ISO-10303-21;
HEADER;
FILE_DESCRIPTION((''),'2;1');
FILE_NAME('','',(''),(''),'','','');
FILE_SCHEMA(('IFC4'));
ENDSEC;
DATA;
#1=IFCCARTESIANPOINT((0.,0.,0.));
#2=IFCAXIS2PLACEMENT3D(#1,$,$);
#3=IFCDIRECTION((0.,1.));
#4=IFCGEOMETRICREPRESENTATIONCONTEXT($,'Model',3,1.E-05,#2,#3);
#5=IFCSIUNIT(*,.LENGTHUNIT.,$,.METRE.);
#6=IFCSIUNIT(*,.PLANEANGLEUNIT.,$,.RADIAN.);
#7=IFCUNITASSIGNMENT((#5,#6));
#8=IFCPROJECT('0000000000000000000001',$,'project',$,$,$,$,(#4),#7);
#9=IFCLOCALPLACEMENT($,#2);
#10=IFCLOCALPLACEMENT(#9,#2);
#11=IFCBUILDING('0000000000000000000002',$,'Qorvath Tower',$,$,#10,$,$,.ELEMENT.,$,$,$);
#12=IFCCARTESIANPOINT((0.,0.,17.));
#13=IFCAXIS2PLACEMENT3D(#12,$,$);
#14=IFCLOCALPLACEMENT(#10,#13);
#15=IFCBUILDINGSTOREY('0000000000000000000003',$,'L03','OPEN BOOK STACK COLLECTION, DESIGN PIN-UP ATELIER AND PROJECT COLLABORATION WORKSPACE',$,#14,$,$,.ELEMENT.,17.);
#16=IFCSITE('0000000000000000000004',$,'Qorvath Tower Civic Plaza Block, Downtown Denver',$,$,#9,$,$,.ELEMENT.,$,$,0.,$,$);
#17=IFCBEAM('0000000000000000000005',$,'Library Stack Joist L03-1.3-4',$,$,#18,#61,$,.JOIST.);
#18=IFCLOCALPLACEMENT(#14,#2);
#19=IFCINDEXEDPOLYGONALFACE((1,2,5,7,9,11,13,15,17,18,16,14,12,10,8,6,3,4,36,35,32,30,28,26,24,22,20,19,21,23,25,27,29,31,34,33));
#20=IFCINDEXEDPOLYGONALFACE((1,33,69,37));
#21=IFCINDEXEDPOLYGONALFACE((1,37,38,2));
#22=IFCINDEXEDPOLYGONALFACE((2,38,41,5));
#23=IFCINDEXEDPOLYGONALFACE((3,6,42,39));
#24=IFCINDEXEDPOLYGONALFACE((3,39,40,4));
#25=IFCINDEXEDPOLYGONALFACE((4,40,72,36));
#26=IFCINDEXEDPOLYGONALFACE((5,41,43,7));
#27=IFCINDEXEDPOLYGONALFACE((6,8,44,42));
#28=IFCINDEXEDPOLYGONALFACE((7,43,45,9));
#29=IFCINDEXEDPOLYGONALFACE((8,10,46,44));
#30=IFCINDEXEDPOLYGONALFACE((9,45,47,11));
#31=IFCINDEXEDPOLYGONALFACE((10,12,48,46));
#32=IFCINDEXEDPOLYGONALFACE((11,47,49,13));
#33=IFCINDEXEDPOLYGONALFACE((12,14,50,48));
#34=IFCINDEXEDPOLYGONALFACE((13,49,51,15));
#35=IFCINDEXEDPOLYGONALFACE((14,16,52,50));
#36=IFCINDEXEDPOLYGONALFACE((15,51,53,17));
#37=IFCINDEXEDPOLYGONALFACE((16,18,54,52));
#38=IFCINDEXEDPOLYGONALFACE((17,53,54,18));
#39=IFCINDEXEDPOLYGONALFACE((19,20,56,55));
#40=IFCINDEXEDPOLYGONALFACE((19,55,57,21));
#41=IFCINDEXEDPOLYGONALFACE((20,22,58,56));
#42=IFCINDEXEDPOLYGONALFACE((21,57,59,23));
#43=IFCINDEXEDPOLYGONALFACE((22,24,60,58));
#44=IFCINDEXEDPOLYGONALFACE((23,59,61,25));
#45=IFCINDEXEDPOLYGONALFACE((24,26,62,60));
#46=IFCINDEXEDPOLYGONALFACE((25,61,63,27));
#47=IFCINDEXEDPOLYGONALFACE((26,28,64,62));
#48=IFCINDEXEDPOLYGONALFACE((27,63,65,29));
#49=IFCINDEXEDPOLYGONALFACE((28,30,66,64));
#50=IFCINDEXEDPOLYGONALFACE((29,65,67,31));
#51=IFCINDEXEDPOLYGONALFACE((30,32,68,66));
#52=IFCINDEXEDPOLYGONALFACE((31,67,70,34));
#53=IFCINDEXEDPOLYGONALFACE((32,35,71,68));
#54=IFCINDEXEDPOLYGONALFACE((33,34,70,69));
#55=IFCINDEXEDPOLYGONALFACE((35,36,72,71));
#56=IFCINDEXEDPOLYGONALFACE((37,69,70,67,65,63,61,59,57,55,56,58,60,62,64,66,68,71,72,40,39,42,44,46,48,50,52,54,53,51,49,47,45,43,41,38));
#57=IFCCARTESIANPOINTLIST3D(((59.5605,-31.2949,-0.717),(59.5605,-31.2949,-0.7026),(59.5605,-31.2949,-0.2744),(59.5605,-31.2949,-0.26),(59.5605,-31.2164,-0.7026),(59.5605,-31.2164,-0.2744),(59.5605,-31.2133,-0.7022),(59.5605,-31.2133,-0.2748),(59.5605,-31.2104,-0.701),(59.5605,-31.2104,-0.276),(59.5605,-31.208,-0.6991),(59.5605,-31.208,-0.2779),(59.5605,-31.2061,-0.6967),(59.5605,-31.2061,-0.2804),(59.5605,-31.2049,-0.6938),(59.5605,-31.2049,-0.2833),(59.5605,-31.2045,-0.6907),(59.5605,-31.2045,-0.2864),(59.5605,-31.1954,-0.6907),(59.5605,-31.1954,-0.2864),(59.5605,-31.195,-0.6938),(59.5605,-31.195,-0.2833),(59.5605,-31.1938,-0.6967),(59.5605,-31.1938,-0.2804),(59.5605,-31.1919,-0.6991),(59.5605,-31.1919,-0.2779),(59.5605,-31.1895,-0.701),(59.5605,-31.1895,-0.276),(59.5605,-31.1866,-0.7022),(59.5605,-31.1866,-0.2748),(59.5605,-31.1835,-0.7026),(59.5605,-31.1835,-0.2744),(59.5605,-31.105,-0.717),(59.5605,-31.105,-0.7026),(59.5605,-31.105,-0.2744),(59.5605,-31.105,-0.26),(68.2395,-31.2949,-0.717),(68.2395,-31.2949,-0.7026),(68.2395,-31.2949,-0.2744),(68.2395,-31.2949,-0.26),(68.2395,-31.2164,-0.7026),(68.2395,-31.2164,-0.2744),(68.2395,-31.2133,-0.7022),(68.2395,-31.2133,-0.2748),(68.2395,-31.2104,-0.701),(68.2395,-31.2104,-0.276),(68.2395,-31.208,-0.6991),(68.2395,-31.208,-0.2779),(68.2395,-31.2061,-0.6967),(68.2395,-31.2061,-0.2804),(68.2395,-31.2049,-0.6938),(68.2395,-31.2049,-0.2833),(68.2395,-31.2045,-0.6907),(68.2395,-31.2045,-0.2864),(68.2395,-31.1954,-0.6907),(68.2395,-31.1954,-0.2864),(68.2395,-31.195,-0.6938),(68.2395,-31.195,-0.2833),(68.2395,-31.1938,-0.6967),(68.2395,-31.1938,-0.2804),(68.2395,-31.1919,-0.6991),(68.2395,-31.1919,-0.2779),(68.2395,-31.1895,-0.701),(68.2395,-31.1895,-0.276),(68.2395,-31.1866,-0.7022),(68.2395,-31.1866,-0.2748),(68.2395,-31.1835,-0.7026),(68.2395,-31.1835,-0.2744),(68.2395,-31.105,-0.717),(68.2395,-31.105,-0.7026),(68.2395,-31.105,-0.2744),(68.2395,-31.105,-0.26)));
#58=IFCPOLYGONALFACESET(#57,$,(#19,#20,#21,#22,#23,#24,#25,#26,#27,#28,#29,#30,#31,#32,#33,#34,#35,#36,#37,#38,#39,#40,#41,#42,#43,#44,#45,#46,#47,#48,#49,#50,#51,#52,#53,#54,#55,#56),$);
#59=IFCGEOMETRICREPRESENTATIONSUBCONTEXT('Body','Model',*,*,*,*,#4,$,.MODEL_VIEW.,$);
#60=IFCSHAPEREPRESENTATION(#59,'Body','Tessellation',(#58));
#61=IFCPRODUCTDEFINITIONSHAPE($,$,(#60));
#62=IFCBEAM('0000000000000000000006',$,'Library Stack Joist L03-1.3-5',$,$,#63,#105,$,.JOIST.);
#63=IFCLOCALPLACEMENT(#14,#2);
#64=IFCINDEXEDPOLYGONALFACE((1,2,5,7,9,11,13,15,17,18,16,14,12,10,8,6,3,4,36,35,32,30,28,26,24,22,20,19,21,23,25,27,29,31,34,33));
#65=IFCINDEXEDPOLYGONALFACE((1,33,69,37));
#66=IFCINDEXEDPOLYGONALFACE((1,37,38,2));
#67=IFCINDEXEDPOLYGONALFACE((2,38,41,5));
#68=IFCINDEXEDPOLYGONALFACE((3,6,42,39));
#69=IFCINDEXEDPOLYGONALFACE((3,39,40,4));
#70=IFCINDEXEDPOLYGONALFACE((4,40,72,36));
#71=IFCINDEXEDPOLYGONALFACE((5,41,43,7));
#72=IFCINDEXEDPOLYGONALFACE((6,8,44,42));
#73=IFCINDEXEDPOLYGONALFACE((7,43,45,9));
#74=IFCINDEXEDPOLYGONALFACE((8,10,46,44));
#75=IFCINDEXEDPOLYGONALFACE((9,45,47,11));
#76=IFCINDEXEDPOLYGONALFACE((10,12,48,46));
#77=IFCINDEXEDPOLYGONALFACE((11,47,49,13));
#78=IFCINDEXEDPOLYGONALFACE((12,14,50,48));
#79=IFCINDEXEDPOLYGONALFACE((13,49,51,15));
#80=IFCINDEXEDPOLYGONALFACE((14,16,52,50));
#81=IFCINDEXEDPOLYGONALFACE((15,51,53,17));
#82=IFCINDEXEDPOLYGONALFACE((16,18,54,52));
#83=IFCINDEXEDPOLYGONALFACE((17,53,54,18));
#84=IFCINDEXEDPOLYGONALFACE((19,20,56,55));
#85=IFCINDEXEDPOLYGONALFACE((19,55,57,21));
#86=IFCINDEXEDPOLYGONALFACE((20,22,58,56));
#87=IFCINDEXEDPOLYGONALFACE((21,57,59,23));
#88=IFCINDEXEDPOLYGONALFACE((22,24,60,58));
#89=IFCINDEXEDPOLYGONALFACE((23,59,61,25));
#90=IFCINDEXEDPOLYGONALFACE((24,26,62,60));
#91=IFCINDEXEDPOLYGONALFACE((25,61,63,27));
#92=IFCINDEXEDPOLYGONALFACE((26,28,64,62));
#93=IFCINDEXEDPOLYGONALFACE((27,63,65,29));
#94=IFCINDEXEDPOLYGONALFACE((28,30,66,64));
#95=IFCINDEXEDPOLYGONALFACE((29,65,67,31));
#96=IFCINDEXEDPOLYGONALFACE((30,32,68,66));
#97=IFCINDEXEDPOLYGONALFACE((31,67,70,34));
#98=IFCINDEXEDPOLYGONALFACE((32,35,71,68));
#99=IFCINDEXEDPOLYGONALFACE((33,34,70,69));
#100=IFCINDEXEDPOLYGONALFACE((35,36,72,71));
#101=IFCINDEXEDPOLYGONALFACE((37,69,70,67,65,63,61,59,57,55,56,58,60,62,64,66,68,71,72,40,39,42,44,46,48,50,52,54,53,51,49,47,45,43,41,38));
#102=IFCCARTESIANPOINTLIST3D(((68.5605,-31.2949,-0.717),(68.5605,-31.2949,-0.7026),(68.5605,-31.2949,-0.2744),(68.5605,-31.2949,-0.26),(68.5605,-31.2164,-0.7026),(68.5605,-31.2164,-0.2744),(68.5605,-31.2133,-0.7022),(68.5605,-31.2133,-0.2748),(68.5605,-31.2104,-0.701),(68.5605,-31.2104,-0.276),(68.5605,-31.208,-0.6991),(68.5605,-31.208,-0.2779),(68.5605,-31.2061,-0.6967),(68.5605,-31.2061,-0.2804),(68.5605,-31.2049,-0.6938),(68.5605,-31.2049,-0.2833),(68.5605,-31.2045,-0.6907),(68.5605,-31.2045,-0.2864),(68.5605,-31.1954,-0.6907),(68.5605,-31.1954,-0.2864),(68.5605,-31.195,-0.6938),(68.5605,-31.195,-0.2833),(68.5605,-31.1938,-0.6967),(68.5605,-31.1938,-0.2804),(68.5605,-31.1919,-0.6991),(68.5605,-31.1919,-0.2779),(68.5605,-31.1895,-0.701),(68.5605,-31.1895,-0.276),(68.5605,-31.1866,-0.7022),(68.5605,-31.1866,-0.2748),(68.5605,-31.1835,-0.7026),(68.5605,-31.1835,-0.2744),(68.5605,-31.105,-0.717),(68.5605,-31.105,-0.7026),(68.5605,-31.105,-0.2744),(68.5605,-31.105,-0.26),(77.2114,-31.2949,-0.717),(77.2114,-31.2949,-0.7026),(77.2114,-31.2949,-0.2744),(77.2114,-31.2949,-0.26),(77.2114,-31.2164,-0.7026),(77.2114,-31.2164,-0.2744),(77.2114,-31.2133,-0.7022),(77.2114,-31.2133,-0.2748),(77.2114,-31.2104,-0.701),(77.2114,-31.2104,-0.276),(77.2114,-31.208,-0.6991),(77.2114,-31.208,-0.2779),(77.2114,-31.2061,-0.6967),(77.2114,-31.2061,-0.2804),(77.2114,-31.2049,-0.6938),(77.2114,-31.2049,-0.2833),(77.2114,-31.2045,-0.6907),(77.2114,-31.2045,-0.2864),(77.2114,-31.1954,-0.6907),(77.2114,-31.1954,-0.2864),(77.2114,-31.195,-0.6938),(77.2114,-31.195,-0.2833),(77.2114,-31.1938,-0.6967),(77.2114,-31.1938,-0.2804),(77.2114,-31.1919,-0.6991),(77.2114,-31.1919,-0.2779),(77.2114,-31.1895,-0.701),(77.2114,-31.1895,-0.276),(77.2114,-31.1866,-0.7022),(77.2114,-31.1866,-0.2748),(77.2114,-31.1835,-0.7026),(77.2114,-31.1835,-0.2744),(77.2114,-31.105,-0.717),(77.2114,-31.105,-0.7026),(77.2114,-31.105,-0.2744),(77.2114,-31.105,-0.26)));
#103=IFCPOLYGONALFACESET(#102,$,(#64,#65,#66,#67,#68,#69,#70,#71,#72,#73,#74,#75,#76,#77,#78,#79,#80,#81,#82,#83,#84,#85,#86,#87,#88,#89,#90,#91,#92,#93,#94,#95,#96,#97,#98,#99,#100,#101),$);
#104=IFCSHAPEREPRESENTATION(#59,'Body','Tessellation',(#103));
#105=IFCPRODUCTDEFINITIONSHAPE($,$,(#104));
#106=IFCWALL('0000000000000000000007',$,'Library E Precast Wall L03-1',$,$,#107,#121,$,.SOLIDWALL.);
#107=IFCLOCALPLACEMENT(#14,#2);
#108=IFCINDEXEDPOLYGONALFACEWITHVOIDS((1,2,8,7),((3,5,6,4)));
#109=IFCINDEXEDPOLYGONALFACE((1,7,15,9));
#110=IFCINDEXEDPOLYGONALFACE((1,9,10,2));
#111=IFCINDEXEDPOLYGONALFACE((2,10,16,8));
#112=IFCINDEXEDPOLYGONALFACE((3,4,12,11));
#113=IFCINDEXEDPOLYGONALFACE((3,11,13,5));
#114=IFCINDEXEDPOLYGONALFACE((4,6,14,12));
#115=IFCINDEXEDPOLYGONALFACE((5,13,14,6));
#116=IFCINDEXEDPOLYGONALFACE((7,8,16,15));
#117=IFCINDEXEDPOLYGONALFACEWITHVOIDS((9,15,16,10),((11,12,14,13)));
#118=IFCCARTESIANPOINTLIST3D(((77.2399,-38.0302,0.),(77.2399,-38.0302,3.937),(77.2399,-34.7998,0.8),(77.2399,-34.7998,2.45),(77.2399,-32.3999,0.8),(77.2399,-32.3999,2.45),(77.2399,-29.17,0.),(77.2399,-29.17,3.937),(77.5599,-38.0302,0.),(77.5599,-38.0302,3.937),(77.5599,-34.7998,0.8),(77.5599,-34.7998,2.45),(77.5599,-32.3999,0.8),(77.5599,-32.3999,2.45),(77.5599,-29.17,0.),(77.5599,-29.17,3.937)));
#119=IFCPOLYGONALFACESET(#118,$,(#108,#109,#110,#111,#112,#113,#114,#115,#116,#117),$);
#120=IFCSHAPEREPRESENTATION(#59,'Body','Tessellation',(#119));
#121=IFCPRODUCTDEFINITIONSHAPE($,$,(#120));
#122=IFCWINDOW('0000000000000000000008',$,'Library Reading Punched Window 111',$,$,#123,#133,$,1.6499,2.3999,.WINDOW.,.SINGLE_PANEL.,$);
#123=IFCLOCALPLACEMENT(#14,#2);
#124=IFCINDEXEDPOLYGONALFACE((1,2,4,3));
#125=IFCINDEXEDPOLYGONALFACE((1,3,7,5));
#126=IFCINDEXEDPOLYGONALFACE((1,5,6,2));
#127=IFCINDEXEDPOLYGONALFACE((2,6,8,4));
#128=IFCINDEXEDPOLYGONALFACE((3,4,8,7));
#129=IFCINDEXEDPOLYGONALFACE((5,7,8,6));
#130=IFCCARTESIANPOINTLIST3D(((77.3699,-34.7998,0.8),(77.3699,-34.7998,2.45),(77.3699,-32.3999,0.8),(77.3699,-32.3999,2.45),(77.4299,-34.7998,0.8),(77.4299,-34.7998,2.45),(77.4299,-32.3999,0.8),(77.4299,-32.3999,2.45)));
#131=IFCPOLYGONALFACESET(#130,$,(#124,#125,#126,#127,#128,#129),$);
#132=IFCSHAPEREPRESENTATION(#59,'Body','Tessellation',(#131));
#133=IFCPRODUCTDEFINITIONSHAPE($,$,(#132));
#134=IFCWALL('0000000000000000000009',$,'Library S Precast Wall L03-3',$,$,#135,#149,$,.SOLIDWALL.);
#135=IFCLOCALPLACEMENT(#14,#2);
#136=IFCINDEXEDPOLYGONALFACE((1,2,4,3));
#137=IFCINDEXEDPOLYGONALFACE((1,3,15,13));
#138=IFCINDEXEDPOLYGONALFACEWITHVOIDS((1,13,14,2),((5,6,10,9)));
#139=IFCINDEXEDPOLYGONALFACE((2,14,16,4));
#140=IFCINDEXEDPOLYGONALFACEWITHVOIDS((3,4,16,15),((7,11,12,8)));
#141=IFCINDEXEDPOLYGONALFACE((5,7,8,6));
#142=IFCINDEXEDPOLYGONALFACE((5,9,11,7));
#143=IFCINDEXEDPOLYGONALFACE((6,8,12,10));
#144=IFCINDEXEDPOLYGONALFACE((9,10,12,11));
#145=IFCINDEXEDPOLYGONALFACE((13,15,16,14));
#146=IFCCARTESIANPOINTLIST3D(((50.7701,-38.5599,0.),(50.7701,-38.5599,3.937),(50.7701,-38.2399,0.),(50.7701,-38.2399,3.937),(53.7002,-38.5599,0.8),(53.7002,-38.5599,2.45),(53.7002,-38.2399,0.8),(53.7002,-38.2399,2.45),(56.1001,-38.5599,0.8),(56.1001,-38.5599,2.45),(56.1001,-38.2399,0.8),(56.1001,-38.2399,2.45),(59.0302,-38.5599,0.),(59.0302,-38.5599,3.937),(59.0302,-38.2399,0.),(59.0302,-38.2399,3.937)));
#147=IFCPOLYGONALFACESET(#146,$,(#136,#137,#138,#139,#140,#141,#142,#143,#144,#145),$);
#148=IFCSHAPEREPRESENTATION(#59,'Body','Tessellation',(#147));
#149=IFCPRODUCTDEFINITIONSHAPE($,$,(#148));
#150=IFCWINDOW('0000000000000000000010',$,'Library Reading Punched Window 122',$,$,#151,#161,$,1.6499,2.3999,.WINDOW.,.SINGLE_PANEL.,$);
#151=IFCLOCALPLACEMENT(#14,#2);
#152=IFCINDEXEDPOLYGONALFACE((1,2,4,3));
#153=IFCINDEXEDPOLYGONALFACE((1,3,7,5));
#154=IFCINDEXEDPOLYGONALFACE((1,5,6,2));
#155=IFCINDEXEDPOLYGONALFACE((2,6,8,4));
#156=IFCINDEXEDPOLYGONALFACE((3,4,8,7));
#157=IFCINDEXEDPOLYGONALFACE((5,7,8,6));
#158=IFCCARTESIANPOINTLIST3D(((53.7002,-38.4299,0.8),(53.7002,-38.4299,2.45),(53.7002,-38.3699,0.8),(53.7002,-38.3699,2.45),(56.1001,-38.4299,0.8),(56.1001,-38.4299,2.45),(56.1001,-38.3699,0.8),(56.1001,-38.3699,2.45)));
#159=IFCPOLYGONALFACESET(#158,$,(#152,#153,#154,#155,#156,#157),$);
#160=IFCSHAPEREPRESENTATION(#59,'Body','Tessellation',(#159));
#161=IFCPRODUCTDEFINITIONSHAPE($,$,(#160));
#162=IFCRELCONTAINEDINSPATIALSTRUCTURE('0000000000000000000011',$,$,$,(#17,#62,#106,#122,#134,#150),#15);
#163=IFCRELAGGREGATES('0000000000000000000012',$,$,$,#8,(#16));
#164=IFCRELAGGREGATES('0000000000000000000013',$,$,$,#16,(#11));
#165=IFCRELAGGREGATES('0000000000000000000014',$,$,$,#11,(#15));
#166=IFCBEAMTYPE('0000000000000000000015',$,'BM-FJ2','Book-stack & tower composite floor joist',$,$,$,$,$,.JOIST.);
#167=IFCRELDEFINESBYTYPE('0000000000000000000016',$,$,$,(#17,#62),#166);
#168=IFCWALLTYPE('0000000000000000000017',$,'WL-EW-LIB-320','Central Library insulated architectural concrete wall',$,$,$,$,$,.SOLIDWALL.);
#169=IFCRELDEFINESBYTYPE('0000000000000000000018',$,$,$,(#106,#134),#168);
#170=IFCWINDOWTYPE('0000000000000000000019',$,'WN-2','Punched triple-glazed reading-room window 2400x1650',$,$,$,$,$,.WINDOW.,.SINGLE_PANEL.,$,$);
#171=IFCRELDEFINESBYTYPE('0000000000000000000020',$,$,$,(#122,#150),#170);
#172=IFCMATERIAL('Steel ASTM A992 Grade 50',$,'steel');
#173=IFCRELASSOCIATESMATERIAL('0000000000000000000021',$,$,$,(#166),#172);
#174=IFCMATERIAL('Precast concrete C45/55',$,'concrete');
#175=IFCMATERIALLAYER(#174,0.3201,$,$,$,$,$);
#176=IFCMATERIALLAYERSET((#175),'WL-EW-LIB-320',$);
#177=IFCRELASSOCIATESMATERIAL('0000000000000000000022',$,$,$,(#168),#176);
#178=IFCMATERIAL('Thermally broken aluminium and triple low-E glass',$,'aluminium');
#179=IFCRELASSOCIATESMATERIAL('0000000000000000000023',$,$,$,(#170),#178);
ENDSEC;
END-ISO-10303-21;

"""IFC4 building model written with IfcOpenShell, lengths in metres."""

from ifc_helpers import new_model, si_unit, direction, frame, frame_2d, origin, origin_2d, place, context, subcontext, project, spatial, rectangle, i_section, extrude, material, layer, layer_set, material_profile, profile_set, type_object, element, fill, save


model = new_model("IFC4")

# Units and contexts
model_context = context("Model", 3, precision=1e-05, world=origin(), true_north=direction((0.0, 1.0)))
body_context = subcontext(model_context, "Body", "Model", "MODEL_VIEW")
ifc_project = project(units=[si_unit("LENGTHUNIT", "METRE"), si_unit("PLANEANGLEUNIT", "RADIAN")], contexts=[model_context])

# Site, building, storey
site_placement = place(None, origin())
site = spatial("IfcSite", under=ifc_project, at=site_placement, Name="Qorvath Tower Civic Plaza Block, Downtown Denver", CompositionType="ELEMENT", RefElevation=0.0)
building_placement = place(site_placement, origin())
building = spatial("IfcBuilding", under=site, at=building_placement, Name="Qorvath Tower", CompositionType="ELEMENT")
storey_placement = place(building_placement, frame((0.0, 0.0, 17.0)))
storey = spatial("IfcBuildingStorey", under=building, at=storey_placement, Name="L03", Description="OPEN BOOK STACK COLLECTION, DESIGN PIN-UP ATELIER AND PROJECT COLLABORATION WORKSPACE", CompositionType="ELEMENT", Elevation=17.0)

# Beams
ifc_material_1 = material(Name="Steel ASTM A992 Grade 50", Category="steel")
ifc_material_profile_1 = material_profile(ifc_material_1, i_section(OverallWidth=0.1899, OverallDepth=0.457, WebThickness=0.009, FlangeThickness=0.0144, FilletRadius=0.012, at=origin_2d()), Name="W18x50")
ifc_profile_set_1 = profile_set([ifc_material_profile_1], Name="Steel ASTM A992 Grade 50")
beam_type_1 = type_object("IfcBeamType", Name="BM-FJ2", Description="Book-stack & tower composite floor joist", PredefinedType="JOIST", material=ifc_profile_set_1)
beam_1_placement = place(storey_placement, frame((59.5605, -31.2, -0.4885), z_axis=(1.0, 0.0, 0.0), x_axis=(0.0, 1.0, 0.0)))
element("IfcBeam", 1, at=beam_1_placement, inside=storey, type_object=beam_type_1, Name="Library Stack Joist L03-1.3-4", PredefinedType="JOIST", context=body_context, shape_type="SweptSolid", body=[
    extrude(i_section(OverallWidth=0.1899, OverallDepth=0.457, WebThickness=0.009, FlangeThickness=0.0144, FilletRadius=0.012, at=origin_2d()), origin(), (0.0, 0.0, 1.0), 8.679),
])
beam_2_placement = place(storey_placement, frame((68.5605, -31.2, -0.4885), z_axis=(1.0, 0.0, 0.0), x_axis=(0.0, 1.0, 0.0)))
element("IfcBeam", 2, at=beam_2_placement, inside=storey, type_object=beam_type_1, Name="Library Stack Joist L03-1.3-5", PredefinedType="JOIST", context=body_context, shape_type="SweptSolid", body=[
    extrude(i_section(OverallWidth=0.1899, OverallDepth=0.457, WebThickness=0.009, FlangeThickness=0.0144, FilletRadius=0.012, at=origin_2d()), origin(), (0.0, 0.0, 1.0), 8.6509),
])

# Walls, openings, windows
ifc_material_2 = material(Name="Precast concrete C45/55", Category="concrete")
ifc_layer = layer(ifc_material_2, 0.3201)
ifc_layer_set = layer_set([ifc_layer], Name="WL-EW-LIB-320")
wall_type = type_object("IfcWallType", Name="WL-EW-LIB-320", Description="Central Library insulated architectural concrete wall", PredefinedType="SOLIDWALL", material=ifc_layer_set)
wall_1_placement = place(storey_placement, frame((77.3999, -29.1699, 0.0), z_axis=(0.0, 0.0, 1.0), x_axis=(0.0, -1.0, 0.0)))
wall_1 = element("IfcWall", 3, at=wall_1_placement, inside=storey, type_object=wall_type, Name="Library E Precast Wall L03-1", PredefinedType="SOLIDWALL", context=body_context, shape_type="SweptSolid", body=[
    extrude(rectangle(XDim=8.8601, YDim=0.3201, at=frame_2d((4.4302, 0.0))), origin(), (0.0, 0.0, 1.0), 3.937),
])
opening_1_placement = place(wall_1_placement, frame((3.23, 0.0, 0.8)))
opening_1 = element("IfcOpeningElement", 4, at=opening_1_placement, cuts=wall_1, PredefinedType="OPENING", context=body_context, shape_type="SweptSolid", body=[
    extrude(rectangle(XDim=2.3999, YDim=1.6499, at=frame_2d((1.2, 0.825))), frame((0.0, 0.1699, 0.0), z_axis=(0.0, -1.0, 0.0), x_axis=(1.0, 0.0, 0.0)), (0.0, 0.0, 1.0), 0.3401),
])
ifc_material_3 = material(Name="Thermally broken aluminium and triple low-E glass", Category="aluminium")
window_type = type_object("IfcWindowType", Name="WN-2", Description="Punched triple-glazed reading-room window 2400x1650", PartitioningType="SINGLE_PANEL", PredefinedType="WINDOW", material=ifc_material_3)
window_1_placement = place(opening_1_placement, origin())
window_1 = element("IfcWindow", 5, at=window_1_placement, inside=storey, type_object=window_type, Name="Library Reading Punched Window 111", OverallHeight=1.6499, OverallWidth=2.3999, PartitioningType="SINGLE_PANEL", PredefinedType="WINDOW", context=body_context, shape_type="SweptSolid", body=[
    extrude(rectangle(XDim=2.3999, YDim=1.6499, at=frame_2d((1.2, 0.825))), frame((0.0, 0.03, 0.0), z_axis=(0.0, -1.0, 0.0), x_axis=(1.0, 0.0, 0.0)), (0.0, 0.0, 1.0), 0.0601),
])
fill(opening_1, window_1)
wall_2_placement = place(storey_placement, frame((59.03, -38.3999, 0.0), z_axis=(0.0, 0.0, 1.0), x_axis=(-1.0, 0.0, 0.0)))
wall_2 = element("IfcWall", 6, at=wall_2_placement, inside=storey, type_object=wall_type, Name="Library S Precast Wall L03-3", PredefinedType="SOLIDWALL", context=body_context, shape_type="SweptSolid", body=[
    extrude(rectangle(XDim=8.26, YDim=0.3201, at=frame_2d((4.1299, 0.0))), origin(), (0.0, 0.0, 1.0), 3.937),
])
opening_2_placement = place(wall_2_placement, frame((2.9299, 0.0, 0.8)))
opening_2 = element("IfcOpeningElement", 7, at=opening_2_placement, cuts=wall_2, PredefinedType="OPENING", context=body_context, shape_type="SweptSolid", body=[
    extrude(rectangle(XDim=2.3999, YDim=1.6499, at=frame_2d((1.2, 0.825))), frame((0.0, 0.1699, 0.0), z_axis=(0.0, -1.0, 0.0), x_axis=(1.0, 0.0, 0.0)), (0.0, 0.0, 1.0), 0.3401),
])
window_2_placement = place(opening_2_placement, origin())
window_2 = element("IfcWindow", 8, at=window_2_placement, inside=storey, type_object=window_type, Name="Library Reading Punched Window 122", OverallHeight=1.6499, OverallWidth=2.3999, PartitioningType="SINGLE_PANEL", PredefinedType="WINDOW", context=body_context, shape_type="SweptSolid", body=[
    extrude(rectangle(XDim=2.3999, YDim=1.6499, at=frame_2d((1.2, 0.825))), frame((0.0, 0.03, 0.0), z_axis=(0.0, -1.0, 0.0), x_axis=(1.0, 0.0, 0.0)), (0.0, 0.0, 1.0), 0.0601),
])
fill(opening_2, window_2)

save(model, "model.ifc")
